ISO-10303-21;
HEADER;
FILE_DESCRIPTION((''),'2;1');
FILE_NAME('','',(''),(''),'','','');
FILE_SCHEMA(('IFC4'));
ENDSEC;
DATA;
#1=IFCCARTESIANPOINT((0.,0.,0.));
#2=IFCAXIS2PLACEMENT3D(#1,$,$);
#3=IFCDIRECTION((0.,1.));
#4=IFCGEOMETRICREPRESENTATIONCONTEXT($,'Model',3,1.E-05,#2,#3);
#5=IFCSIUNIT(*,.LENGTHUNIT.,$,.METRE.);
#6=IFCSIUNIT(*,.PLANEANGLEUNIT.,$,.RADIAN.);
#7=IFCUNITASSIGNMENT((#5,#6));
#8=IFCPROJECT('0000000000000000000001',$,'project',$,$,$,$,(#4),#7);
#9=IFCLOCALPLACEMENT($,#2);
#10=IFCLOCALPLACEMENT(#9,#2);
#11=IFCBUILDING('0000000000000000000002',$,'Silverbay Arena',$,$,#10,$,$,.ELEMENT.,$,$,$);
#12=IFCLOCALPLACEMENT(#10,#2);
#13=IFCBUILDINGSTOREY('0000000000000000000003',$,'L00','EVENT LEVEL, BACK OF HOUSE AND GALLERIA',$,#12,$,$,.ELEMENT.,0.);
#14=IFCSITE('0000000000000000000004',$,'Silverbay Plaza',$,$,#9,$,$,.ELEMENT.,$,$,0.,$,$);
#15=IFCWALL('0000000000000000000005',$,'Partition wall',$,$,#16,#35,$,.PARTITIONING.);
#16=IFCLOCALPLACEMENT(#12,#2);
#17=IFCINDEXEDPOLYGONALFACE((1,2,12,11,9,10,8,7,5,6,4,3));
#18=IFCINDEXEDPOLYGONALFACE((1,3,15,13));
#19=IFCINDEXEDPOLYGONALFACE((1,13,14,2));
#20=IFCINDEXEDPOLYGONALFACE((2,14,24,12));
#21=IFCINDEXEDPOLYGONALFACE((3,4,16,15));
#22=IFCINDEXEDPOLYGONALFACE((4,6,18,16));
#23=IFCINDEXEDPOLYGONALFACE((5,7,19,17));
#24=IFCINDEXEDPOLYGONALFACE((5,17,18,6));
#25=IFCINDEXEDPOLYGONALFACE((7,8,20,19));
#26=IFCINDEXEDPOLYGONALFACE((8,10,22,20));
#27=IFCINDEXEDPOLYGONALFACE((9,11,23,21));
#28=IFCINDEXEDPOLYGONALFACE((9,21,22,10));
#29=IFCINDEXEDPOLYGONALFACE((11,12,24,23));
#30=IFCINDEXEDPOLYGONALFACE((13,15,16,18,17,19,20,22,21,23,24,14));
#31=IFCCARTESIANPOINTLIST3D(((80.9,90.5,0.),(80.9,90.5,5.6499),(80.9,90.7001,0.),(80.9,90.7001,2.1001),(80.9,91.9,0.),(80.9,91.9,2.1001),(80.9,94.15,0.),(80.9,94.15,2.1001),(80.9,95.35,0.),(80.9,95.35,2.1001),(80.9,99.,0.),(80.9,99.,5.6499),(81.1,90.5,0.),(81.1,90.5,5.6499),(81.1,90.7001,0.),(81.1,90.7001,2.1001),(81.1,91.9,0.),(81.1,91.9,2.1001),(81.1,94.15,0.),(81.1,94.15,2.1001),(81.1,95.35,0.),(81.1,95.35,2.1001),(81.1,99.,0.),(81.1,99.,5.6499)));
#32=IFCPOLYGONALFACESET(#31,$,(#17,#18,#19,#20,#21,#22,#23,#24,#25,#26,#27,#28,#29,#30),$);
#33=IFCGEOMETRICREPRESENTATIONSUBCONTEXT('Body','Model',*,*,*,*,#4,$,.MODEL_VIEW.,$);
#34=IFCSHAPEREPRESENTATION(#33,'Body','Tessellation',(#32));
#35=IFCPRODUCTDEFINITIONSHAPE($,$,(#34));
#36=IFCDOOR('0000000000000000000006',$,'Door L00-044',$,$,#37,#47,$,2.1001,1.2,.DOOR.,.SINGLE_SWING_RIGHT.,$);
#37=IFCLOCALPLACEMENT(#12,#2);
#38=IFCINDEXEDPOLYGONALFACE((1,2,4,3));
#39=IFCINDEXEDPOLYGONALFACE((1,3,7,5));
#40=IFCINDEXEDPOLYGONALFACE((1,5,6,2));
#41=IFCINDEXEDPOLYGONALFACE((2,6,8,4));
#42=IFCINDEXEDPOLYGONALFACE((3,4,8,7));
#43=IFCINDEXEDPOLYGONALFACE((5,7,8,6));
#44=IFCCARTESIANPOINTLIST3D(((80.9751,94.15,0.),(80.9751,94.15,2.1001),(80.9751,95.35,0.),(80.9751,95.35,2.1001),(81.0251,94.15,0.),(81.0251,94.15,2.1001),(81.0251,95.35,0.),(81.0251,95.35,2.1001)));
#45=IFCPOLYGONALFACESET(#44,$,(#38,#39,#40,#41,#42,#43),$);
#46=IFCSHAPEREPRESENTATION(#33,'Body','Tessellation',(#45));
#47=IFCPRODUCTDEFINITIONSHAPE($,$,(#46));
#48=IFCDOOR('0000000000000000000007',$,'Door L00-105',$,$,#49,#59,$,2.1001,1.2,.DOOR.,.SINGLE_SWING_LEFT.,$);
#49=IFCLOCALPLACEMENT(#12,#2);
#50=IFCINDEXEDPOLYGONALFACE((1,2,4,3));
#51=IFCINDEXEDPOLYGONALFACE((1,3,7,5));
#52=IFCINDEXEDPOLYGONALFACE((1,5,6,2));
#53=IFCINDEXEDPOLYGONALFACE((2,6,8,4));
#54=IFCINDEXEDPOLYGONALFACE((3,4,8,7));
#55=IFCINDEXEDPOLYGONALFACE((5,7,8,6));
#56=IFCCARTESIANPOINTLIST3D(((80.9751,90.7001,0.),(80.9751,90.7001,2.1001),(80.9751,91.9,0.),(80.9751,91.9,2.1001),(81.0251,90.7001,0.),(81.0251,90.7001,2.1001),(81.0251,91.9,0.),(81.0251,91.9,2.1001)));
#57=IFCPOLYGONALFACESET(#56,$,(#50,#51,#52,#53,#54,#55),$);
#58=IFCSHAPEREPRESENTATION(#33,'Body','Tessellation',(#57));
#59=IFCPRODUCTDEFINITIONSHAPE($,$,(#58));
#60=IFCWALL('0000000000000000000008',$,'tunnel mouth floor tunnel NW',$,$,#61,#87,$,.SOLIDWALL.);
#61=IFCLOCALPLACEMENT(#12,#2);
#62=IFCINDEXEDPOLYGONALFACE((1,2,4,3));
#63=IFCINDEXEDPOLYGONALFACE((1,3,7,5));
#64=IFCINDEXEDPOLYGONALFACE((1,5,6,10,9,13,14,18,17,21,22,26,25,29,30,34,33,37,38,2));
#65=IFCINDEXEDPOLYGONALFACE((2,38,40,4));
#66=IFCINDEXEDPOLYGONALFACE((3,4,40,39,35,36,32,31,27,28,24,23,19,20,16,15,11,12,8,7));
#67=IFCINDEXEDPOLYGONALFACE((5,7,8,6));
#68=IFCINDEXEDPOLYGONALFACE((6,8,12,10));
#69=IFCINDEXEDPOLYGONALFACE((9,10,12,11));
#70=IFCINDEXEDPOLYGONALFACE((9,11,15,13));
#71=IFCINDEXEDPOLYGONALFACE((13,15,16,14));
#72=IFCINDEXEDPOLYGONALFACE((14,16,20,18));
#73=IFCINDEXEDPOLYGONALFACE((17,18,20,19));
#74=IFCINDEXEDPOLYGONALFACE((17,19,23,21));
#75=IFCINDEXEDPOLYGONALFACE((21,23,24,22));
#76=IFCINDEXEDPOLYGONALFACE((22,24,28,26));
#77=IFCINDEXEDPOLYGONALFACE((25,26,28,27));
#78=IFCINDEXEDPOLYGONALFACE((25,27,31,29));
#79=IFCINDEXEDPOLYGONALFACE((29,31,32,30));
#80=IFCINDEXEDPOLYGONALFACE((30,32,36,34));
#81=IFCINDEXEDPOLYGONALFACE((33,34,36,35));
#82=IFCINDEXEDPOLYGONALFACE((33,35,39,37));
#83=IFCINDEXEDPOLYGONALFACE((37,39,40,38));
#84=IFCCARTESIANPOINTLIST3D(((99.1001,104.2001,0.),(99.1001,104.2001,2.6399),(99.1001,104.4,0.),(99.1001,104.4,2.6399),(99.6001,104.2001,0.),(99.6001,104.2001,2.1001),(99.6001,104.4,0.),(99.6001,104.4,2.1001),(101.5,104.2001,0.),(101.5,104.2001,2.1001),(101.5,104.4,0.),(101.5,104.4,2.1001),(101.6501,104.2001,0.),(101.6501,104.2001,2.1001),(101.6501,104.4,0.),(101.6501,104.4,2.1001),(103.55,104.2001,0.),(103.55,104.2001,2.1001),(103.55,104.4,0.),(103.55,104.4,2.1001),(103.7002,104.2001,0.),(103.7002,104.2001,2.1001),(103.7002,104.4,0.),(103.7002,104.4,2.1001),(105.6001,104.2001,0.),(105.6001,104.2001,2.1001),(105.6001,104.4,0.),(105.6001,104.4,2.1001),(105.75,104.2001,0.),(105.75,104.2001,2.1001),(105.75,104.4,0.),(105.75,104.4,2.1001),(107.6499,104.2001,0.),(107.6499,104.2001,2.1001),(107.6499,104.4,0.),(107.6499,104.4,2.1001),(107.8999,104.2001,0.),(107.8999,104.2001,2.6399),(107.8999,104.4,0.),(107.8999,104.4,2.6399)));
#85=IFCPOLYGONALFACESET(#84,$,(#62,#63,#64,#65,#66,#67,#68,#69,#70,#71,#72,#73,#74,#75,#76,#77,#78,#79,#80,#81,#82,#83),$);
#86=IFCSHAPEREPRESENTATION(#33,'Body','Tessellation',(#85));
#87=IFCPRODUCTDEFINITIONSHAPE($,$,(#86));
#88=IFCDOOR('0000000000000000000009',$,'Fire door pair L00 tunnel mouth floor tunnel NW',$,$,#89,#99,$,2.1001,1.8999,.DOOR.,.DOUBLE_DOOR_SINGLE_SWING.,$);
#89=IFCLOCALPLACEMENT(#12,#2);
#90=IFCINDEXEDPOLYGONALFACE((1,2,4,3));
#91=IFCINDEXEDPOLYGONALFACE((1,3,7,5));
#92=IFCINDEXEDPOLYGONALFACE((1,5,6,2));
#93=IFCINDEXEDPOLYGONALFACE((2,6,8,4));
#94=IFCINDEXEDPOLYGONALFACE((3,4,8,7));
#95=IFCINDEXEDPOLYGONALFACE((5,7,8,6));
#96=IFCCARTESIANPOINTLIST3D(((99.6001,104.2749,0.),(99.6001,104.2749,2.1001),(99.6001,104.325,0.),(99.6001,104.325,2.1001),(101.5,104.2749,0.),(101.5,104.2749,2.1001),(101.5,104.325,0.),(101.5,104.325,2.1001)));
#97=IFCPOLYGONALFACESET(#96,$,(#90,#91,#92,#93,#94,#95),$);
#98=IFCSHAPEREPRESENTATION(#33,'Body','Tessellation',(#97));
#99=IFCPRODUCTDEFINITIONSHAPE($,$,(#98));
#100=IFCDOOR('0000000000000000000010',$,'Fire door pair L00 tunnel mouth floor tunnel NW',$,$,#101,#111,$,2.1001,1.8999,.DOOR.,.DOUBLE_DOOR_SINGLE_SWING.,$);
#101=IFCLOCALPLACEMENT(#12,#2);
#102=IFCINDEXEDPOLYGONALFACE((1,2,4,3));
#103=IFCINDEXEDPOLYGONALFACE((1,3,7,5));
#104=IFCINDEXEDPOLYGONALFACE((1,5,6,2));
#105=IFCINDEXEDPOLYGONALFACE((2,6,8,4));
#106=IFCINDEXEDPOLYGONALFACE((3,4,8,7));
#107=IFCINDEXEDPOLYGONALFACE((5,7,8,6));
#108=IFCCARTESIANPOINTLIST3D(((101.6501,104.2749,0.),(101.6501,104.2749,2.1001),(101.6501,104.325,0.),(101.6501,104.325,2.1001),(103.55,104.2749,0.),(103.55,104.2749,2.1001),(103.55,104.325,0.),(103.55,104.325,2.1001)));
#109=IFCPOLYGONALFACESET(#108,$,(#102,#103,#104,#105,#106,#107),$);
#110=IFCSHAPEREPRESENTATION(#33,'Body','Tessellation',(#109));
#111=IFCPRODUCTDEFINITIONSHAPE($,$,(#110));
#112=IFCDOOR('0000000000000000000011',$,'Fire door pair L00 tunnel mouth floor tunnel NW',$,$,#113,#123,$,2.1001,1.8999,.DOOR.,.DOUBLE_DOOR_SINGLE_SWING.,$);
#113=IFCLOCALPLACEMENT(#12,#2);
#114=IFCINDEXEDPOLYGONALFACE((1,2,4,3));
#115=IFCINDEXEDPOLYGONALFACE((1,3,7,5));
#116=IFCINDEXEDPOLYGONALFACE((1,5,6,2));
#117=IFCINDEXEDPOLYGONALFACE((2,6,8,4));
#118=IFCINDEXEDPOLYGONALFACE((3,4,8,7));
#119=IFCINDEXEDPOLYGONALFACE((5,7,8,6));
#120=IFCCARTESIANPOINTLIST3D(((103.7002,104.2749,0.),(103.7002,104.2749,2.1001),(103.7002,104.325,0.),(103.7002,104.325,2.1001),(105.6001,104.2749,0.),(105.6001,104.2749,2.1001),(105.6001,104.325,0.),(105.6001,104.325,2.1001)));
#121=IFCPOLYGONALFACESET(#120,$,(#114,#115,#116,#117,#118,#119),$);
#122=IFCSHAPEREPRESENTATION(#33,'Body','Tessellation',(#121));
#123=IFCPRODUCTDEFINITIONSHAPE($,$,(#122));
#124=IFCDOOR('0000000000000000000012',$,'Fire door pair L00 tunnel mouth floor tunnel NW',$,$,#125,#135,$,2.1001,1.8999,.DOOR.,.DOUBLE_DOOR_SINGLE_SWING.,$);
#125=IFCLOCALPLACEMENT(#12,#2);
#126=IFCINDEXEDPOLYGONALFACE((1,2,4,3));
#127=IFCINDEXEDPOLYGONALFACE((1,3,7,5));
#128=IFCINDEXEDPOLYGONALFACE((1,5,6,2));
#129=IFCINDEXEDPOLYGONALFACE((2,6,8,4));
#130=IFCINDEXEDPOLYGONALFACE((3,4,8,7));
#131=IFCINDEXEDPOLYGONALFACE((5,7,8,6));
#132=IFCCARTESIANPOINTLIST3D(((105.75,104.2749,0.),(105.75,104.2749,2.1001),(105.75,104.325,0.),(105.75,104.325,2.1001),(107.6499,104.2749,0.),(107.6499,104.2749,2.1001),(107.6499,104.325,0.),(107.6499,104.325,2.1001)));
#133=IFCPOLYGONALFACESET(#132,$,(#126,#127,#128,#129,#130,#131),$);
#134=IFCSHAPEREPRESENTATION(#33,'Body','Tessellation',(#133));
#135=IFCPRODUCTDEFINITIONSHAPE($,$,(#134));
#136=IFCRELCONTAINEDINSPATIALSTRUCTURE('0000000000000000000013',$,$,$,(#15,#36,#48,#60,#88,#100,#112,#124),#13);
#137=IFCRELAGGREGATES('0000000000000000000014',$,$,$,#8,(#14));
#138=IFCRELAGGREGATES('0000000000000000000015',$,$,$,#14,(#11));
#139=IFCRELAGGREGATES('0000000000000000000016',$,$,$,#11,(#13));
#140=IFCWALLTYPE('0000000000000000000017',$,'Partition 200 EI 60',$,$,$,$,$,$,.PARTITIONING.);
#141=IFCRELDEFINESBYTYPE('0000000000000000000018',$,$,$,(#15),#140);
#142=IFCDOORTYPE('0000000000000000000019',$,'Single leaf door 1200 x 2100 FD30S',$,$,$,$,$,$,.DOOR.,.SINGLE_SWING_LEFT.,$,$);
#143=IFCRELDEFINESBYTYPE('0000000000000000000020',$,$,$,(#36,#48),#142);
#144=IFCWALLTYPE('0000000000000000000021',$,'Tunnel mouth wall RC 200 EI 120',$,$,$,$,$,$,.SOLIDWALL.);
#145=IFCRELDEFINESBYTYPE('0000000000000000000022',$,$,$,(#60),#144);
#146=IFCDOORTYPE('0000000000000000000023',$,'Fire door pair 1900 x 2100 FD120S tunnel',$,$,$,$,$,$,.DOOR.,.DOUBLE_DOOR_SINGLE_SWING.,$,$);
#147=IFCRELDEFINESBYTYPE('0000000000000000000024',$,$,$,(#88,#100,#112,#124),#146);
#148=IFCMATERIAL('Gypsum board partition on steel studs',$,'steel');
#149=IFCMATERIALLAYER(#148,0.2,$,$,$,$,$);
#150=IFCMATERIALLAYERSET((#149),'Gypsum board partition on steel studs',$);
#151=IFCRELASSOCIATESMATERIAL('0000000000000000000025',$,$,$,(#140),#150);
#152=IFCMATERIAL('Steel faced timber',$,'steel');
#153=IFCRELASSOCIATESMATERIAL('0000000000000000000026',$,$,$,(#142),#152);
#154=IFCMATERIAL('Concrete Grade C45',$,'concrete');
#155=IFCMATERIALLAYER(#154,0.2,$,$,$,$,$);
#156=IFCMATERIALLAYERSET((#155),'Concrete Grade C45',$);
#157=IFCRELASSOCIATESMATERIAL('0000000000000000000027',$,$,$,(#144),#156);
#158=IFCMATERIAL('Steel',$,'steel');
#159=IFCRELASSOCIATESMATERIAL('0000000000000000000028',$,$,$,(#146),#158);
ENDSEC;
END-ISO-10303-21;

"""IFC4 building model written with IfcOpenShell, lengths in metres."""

from ifc_helpers import new_model, si_unit, direction, frame, frame_2d, origin, place, context, subcontext, project, spatial, rectangle, extrude, material, layer, layer_set, type_object, element, fill, save


model = new_model("IFC4")

# Units and contexts
model_context = context("Model", 3, precision=1e-05, world=origin(), true_north=direction((0.0, 1.0)))
body_context = subcontext(model_context, "Body", "Model", "MODEL_VIEW")
ifc_project = project(units=[si_unit("LENGTHUNIT", "METRE"), si_unit("PLANEANGLEUNIT", "RADIAN")], contexts=[model_context])

# Site, building, storey
site_placement = place(None, origin())
site = spatial("IfcSite", under=ifc_project, at=site_placement, Name="Silverbay Plaza", CompositionType="ELEMENT", RefElevation=0.0)
building_placement = place(site_placement, origin())
building = spatial("IfcBuilding", under=site, at=building_placement, Name="Silverbay Arena", CompositionType="ELEMENT")
storey_placement = place(building_placement, origin())
storey = spatial("IfcBuildingStorey", under=building, at=storey_placement, Name="L00", Description="EVENT LEVEL, BACK OF HOUSE AND GALLERIA", CompositionType="ELEMENT", Elevation=0.0)

# Walls, openings, doors
ifc_material_1 = material(Name="Gypsum board partition on steel studs", Category="steel")
ifc_layer_1 = layer(ifc_material_1, 0.2)
ifc_layer_set_1 = layer_set([ifc_layer_1], Name="Gypsum board partition on steel studs")
wall_type_1 = type_object("IfcWallType", Name="Partition 200 EI 60", PredefinedType="PARTITIONING", material=ifc_layer_set_1)
wall_1_placement = place(storey_placement, frame((81.0, 90.5, 0.0), z_axis=(0.0, 0.0, 1.0), x_axis=(0.0, 1.0, 0.0)))
wall_1 = element("IfcWall", 1, at=wall_1_placement, inside=storey, type_object=wall_type_1, Name="Partition wall", PredefinedType="PARTITIONING", context=body_context, shape_type="SweptSolid", body=[
    extrude(rectangle(XDim=8.5, YDim=0.2, at=frame_2d((4.25, 0.0))), origin(), (0.0, 0.0, 1.0), 5.6499),
])
opening_1_placement = place(wall_1_placement, frame((3.6499, 0.0, 0.0)))
opening_1 = element("IfcOpeningElement", 2, at=opening_1_placement, cuts=wall_1, PredefinedType="OPENING", context=body_context, shape_type="SweptSolid", body=[
    extrude(rectangle(XDim=1.2, YDim=2.1001, at=frame_2d((0.6001, 1.05))), frame((0.0, 0.1099, 0.0), z_axis=(0.0, -1.0, 0.0), x_axis=(1.0, 0.0, 0.0)), (0.0, 0.0, 1.0), 0.22),
])
opening_2_placement = place(wall_1_placement, frame((0.2, 0.0, 0.0)))
opening_2 = element("IfcOpeningElement", 3, at=opening_2_placement, cuts=wall_1, PredefinedType="OPENING", context=body_context, shape_type="SweptSolid", body=[
    extrude(rectangle(XDim=1.2, YDim=2.1001, at=frame_2d((0.6001, 1.05))), frame((0.0, 0.1099, 0.0), z_axis=(0.0, -1.0, 0.0), x_axis=(1.0, 0.0, 0.0)), (0.0, 0.0, 1.0), 0.22),
])
ifc_material_2 = material(Name="Steel faced timber", Category="steel")
door_type_1 = type_object("IfcDoorType", Name="Single leaf door 1200 x 2100 FD30S", OperationType="SINGLE_SWING_LEFT", PredefinedType="DOOR", material=ifc_material_2)
door_1_placement = place(opening_1_placement, origin())
door_1 = element("IfcDoor", 4, at=door_1_placement, inside=storey, type_object=door_type_1, Name="Door L00-044", OperationType="SINGLE_SWING_RIGHT", OverallHeight=2.1001, OverallWidth=1.2, PredefinedType="DOOR", context=body_context, shape_type="SweptSolid", body=[
    extrude(rectangle(XDim=1.2, YDim=2.1001, at=frame_2d((0.6001, 1.05))), frame((0.0, 0.0249, 0.0), z_axis=(0.0, -1.0, 0.0), x_axis=(1.0, 0.0, 0.0)), (0.0, 0.0, 1.0), 0.05),
])
fill(opening_1, door_1)
door_2_placement = place(opening_2_placement, origin())
door_2 = element("IfcDoor", 5, at=door_2_placement, inside=storey, type_object=door_type_1, Name="Door L00-105", OperationType="SINGLE_SWING_LEFT", OverallHeight=2.1001, OverallWidth=1.2, PredefinedType="DOOR", context=body_context, shape_type="SweptSolid", body=[
    extrude(rectangle(XDim=1.2, YDim=2.1001, at=frame_2d((0.6001, 1.05))), frame((0.0, 0.0249, 0.0), z_axis=(0.0, -1.0, 0.0), x_axis=(1.0, 0.0, 0.0)), (0.0, 0.0, 1.0), 0.05),
])
fill(opening_2, door_2)
ifc_material_3 = material(Name="Concrete Grade C45", Category="concrete")
ifc_layer_2 = layer(ifc_material_3, 0.2)
ifc_layer_set_2 = layer_set([ifc_layer_2], Name="Concrete Grade C45")
wall_type_2 = type_object("IfcWallType", Name="Tunnel mouth wall RC 200 EI 120", PredefinedType="SOLIDWALL", material=ifc_layer_set_2)
wall_2_placement = place(storey_placement, frame((99.1001, 104.3, 0.0), z_axis=(0.0, 0.0, 1.0), x_axis=(1.0, 0.0, 0.0)))
wall_2 = element("IfcWall", 6, at=wall_2_placement, inside=storey, type_object=wall_type_2, Name="tunnel mouth floor tunnel NW", PredefinedType="SOLIDWALL", context=body_context, shape_type="SweptSolid", body=[
    extrude(rectangle(XDim=8.7998, YDim=0.2, at=frame_2d((4.3999, 0.0))), origin(), (0.0, 0.0, 1.0), 2.6399),
])
opening_3_placement = place(wall_2_placement, frame((0.5, 0.0, 0.0)))
opening_3 = element("IfcOpeningElement", 7, at=opening_3_placement, cuts=wall_2, PredefinedType="OPENING", context=body_context, shape_type="SweptSolid", body=[
    extrude(rectangle(XDim=1.8999, YDim=2.1001, at=frame_2d((0.95, 1.05))), frame((0.0, 0.1099, 0.0), z_axis=(0.0, -1.0, 0.0), x_axis=(1.0, 0.0, 0.0)), (0.0, 0.0, 1.0), 0.22),
])
opening_4_placement = place(wall_2_placement, frame((2.55, 0.0, 0.0)))
opening_4 = element("IfcOpeningElement", 8, at=opening_4_placement, cuts=wall_2, PredefinedType="OPENING", context=body_context, shape_type="SweptSolid", body=[
    extrude(rectangle(XDim=1.8999, YDim=2.1001, at=frame_2d((0.95, 1.05))), frame((0.0, 0.1099, 0.0), z_axis=(0.0, -1.0, 0.0), x_axis=(1.0, 0.0, 0.0)), (0.0, 0.0, 1.0), 0.22),
])
opening_5_placement = place(wall_2_placement, frame((4.6001, 0.0, 0.0)))
opening_5 = element("IfcOpeningElement", 9, at=opening_5_placement, cuts=wall_2, PredefinedType="OPENING", context=body_context, shape_type="SweptSolid", body=[
    extrude(rectangle(XDim=1.8999, YDim=2.1001, at=frame_2d((0.95, 1.05))), frame((0.0, 0.1099, 0.0), z_axis=(0.0, -1.0, 0.0), x_axis=(1.0, 0.0, 0.0)), (0.0, 0.0, 1.0), 0.22),
])
opening_6_placement = place(wall_2_placement, frame((6.6499, 0.0, 0.0)))
opening_6 = element("IfcOpeningElement", 10, at=opening_6_placement, cuts=wall_2, PredefinedType="OPENING", context=body_context, shape_type="SweptSolid", body=[
    extrude(rectangle(XDim=1.8999, YDim=2.1001, at=frame_2d((0.95, 1.05))), frame((0.0, 0.1099, 0.0), z_axis=(0.0, -1.0, 0.0), x_axis=(1.0, 0.0, 0.0)), (0.0, 0.0, 1.0), 0.22),
])
ifc_material_4 = material(Name="Steel", Category="steel")
door_type_2 = type_object("IfcDoorType", Name="Fire door pair 1900 x 2100 FD120S tunnel", OperationType="DOUBLE_DOOR_SINGLE_SWING", PredefinedType="DOOR", material=ifc_material_4)
door_3_placement = place(opening_3_placement, origin())
door_3 = element("IfcDoor", 11, at=door_3_placement, inside=storey, type_object=door_type_2, Name="Fire door pair L00 tunnel mouth floor tunnel NW", OperationType="DOUBLE_DOOR_SINGLE_SWING", OverallHeight=2.1001, OverallWidth=1.8999, PredefinedType="DOOR", context=body_context, shape_type="SweptSolid", body=[
    extrude(rectangle(XDim=1.8999, YDim=2.1001, at=frame_2d((0.95, 1.05))), frame((0.0, 0.0249, 0.0), z_axis=(0.0, -1.0, 0.0), x_axis=(1.0, 0.0, 0.0)), (0.0, 0.0, 1.0), 0.05),
])
fill(opening_3, door_3)
door_4_placement = place(opening_4_placement, origin())
door_4 = element("IfcDoor", 12, at=door_4_placement, inside=storey, type_object=door_type_2, Name="Fire door pair L00 tunnel mouth floor tunnel NW", OperationType="DOUBLE_DOOR_SINGLE_SWING", OverallHeight=2.1001, OverallWidth=1.8999, PredefinedType="DOOR", context=body_context, shape_type="SweptSolid", body=[
    extrude(rectangle(XDim=1.8999, YDim=2.1001, at=frame_2d((0.95, 1.05))), frame((0.0, 0.0249, 0.0), z_axis=(0.0, -1.0, 0.0), x_axis=(1.0, 0.0, 0.0)), (0.0, 0.0, 1.0), 0.05),
])
fill(opening_4, door_4)
door_5_placement = place(opening_5_placement, origin())
door_5 = element("IfcDoor", 13, at=door_5_placement, inside=storey, type_object=door_type_2, Name="Fire door pair L00 tunnel mouth floor tunnel NW", OperationType="DOUBLE_DOOR_SINGLE_SWING", OverallHeight=2.1001, OverallWidth=1.8999, PredefinedType="DOOR", context=body_context, shape_type="SweptSolid", body=[
    extrude(rectangle(XDim=1.8999, YDim=2.1001, at=frame_2d((0.95, 1.05))), frame((0.0, 0.0249, 0.0), z_axis=(0.0, -1.0, 0.0), x_axis=(1.0, 0.0, 0.0)), (0.0, 0.0, 1.0), 0.05),
])
fill(opening_5, door_5)
door_6_placement = place(opening_6_placement, origin())
door_6 = element("IfcDoor", 14, at=door_6_placement, inside=storey, type_object=door_type_2, Name="Fire door pair L00 tunnel mouth floor tunnel NW", OperationType="DOUBLE_DOOR_SINGLE_SWING", OverallHeight=2.1001, OverallWidth=1.8999, PredefinedType="DOOR", context=body_context, shape_type="SweptSolid", body=[
    extrude(rectangle(XDim=1.8999, YDim=2.1001, at=frame_2d((0.95, 1.05))), frame((0.0, 0.0249, 0.0), z_axis=(0.0, -1.0, 0.0), x_axis=(1.0, 0.0, 0.0)), (0.0, 0.0, 1.0), 0.05),
])
fill(opening_6, door_6)

save(model, "model.ifc")
